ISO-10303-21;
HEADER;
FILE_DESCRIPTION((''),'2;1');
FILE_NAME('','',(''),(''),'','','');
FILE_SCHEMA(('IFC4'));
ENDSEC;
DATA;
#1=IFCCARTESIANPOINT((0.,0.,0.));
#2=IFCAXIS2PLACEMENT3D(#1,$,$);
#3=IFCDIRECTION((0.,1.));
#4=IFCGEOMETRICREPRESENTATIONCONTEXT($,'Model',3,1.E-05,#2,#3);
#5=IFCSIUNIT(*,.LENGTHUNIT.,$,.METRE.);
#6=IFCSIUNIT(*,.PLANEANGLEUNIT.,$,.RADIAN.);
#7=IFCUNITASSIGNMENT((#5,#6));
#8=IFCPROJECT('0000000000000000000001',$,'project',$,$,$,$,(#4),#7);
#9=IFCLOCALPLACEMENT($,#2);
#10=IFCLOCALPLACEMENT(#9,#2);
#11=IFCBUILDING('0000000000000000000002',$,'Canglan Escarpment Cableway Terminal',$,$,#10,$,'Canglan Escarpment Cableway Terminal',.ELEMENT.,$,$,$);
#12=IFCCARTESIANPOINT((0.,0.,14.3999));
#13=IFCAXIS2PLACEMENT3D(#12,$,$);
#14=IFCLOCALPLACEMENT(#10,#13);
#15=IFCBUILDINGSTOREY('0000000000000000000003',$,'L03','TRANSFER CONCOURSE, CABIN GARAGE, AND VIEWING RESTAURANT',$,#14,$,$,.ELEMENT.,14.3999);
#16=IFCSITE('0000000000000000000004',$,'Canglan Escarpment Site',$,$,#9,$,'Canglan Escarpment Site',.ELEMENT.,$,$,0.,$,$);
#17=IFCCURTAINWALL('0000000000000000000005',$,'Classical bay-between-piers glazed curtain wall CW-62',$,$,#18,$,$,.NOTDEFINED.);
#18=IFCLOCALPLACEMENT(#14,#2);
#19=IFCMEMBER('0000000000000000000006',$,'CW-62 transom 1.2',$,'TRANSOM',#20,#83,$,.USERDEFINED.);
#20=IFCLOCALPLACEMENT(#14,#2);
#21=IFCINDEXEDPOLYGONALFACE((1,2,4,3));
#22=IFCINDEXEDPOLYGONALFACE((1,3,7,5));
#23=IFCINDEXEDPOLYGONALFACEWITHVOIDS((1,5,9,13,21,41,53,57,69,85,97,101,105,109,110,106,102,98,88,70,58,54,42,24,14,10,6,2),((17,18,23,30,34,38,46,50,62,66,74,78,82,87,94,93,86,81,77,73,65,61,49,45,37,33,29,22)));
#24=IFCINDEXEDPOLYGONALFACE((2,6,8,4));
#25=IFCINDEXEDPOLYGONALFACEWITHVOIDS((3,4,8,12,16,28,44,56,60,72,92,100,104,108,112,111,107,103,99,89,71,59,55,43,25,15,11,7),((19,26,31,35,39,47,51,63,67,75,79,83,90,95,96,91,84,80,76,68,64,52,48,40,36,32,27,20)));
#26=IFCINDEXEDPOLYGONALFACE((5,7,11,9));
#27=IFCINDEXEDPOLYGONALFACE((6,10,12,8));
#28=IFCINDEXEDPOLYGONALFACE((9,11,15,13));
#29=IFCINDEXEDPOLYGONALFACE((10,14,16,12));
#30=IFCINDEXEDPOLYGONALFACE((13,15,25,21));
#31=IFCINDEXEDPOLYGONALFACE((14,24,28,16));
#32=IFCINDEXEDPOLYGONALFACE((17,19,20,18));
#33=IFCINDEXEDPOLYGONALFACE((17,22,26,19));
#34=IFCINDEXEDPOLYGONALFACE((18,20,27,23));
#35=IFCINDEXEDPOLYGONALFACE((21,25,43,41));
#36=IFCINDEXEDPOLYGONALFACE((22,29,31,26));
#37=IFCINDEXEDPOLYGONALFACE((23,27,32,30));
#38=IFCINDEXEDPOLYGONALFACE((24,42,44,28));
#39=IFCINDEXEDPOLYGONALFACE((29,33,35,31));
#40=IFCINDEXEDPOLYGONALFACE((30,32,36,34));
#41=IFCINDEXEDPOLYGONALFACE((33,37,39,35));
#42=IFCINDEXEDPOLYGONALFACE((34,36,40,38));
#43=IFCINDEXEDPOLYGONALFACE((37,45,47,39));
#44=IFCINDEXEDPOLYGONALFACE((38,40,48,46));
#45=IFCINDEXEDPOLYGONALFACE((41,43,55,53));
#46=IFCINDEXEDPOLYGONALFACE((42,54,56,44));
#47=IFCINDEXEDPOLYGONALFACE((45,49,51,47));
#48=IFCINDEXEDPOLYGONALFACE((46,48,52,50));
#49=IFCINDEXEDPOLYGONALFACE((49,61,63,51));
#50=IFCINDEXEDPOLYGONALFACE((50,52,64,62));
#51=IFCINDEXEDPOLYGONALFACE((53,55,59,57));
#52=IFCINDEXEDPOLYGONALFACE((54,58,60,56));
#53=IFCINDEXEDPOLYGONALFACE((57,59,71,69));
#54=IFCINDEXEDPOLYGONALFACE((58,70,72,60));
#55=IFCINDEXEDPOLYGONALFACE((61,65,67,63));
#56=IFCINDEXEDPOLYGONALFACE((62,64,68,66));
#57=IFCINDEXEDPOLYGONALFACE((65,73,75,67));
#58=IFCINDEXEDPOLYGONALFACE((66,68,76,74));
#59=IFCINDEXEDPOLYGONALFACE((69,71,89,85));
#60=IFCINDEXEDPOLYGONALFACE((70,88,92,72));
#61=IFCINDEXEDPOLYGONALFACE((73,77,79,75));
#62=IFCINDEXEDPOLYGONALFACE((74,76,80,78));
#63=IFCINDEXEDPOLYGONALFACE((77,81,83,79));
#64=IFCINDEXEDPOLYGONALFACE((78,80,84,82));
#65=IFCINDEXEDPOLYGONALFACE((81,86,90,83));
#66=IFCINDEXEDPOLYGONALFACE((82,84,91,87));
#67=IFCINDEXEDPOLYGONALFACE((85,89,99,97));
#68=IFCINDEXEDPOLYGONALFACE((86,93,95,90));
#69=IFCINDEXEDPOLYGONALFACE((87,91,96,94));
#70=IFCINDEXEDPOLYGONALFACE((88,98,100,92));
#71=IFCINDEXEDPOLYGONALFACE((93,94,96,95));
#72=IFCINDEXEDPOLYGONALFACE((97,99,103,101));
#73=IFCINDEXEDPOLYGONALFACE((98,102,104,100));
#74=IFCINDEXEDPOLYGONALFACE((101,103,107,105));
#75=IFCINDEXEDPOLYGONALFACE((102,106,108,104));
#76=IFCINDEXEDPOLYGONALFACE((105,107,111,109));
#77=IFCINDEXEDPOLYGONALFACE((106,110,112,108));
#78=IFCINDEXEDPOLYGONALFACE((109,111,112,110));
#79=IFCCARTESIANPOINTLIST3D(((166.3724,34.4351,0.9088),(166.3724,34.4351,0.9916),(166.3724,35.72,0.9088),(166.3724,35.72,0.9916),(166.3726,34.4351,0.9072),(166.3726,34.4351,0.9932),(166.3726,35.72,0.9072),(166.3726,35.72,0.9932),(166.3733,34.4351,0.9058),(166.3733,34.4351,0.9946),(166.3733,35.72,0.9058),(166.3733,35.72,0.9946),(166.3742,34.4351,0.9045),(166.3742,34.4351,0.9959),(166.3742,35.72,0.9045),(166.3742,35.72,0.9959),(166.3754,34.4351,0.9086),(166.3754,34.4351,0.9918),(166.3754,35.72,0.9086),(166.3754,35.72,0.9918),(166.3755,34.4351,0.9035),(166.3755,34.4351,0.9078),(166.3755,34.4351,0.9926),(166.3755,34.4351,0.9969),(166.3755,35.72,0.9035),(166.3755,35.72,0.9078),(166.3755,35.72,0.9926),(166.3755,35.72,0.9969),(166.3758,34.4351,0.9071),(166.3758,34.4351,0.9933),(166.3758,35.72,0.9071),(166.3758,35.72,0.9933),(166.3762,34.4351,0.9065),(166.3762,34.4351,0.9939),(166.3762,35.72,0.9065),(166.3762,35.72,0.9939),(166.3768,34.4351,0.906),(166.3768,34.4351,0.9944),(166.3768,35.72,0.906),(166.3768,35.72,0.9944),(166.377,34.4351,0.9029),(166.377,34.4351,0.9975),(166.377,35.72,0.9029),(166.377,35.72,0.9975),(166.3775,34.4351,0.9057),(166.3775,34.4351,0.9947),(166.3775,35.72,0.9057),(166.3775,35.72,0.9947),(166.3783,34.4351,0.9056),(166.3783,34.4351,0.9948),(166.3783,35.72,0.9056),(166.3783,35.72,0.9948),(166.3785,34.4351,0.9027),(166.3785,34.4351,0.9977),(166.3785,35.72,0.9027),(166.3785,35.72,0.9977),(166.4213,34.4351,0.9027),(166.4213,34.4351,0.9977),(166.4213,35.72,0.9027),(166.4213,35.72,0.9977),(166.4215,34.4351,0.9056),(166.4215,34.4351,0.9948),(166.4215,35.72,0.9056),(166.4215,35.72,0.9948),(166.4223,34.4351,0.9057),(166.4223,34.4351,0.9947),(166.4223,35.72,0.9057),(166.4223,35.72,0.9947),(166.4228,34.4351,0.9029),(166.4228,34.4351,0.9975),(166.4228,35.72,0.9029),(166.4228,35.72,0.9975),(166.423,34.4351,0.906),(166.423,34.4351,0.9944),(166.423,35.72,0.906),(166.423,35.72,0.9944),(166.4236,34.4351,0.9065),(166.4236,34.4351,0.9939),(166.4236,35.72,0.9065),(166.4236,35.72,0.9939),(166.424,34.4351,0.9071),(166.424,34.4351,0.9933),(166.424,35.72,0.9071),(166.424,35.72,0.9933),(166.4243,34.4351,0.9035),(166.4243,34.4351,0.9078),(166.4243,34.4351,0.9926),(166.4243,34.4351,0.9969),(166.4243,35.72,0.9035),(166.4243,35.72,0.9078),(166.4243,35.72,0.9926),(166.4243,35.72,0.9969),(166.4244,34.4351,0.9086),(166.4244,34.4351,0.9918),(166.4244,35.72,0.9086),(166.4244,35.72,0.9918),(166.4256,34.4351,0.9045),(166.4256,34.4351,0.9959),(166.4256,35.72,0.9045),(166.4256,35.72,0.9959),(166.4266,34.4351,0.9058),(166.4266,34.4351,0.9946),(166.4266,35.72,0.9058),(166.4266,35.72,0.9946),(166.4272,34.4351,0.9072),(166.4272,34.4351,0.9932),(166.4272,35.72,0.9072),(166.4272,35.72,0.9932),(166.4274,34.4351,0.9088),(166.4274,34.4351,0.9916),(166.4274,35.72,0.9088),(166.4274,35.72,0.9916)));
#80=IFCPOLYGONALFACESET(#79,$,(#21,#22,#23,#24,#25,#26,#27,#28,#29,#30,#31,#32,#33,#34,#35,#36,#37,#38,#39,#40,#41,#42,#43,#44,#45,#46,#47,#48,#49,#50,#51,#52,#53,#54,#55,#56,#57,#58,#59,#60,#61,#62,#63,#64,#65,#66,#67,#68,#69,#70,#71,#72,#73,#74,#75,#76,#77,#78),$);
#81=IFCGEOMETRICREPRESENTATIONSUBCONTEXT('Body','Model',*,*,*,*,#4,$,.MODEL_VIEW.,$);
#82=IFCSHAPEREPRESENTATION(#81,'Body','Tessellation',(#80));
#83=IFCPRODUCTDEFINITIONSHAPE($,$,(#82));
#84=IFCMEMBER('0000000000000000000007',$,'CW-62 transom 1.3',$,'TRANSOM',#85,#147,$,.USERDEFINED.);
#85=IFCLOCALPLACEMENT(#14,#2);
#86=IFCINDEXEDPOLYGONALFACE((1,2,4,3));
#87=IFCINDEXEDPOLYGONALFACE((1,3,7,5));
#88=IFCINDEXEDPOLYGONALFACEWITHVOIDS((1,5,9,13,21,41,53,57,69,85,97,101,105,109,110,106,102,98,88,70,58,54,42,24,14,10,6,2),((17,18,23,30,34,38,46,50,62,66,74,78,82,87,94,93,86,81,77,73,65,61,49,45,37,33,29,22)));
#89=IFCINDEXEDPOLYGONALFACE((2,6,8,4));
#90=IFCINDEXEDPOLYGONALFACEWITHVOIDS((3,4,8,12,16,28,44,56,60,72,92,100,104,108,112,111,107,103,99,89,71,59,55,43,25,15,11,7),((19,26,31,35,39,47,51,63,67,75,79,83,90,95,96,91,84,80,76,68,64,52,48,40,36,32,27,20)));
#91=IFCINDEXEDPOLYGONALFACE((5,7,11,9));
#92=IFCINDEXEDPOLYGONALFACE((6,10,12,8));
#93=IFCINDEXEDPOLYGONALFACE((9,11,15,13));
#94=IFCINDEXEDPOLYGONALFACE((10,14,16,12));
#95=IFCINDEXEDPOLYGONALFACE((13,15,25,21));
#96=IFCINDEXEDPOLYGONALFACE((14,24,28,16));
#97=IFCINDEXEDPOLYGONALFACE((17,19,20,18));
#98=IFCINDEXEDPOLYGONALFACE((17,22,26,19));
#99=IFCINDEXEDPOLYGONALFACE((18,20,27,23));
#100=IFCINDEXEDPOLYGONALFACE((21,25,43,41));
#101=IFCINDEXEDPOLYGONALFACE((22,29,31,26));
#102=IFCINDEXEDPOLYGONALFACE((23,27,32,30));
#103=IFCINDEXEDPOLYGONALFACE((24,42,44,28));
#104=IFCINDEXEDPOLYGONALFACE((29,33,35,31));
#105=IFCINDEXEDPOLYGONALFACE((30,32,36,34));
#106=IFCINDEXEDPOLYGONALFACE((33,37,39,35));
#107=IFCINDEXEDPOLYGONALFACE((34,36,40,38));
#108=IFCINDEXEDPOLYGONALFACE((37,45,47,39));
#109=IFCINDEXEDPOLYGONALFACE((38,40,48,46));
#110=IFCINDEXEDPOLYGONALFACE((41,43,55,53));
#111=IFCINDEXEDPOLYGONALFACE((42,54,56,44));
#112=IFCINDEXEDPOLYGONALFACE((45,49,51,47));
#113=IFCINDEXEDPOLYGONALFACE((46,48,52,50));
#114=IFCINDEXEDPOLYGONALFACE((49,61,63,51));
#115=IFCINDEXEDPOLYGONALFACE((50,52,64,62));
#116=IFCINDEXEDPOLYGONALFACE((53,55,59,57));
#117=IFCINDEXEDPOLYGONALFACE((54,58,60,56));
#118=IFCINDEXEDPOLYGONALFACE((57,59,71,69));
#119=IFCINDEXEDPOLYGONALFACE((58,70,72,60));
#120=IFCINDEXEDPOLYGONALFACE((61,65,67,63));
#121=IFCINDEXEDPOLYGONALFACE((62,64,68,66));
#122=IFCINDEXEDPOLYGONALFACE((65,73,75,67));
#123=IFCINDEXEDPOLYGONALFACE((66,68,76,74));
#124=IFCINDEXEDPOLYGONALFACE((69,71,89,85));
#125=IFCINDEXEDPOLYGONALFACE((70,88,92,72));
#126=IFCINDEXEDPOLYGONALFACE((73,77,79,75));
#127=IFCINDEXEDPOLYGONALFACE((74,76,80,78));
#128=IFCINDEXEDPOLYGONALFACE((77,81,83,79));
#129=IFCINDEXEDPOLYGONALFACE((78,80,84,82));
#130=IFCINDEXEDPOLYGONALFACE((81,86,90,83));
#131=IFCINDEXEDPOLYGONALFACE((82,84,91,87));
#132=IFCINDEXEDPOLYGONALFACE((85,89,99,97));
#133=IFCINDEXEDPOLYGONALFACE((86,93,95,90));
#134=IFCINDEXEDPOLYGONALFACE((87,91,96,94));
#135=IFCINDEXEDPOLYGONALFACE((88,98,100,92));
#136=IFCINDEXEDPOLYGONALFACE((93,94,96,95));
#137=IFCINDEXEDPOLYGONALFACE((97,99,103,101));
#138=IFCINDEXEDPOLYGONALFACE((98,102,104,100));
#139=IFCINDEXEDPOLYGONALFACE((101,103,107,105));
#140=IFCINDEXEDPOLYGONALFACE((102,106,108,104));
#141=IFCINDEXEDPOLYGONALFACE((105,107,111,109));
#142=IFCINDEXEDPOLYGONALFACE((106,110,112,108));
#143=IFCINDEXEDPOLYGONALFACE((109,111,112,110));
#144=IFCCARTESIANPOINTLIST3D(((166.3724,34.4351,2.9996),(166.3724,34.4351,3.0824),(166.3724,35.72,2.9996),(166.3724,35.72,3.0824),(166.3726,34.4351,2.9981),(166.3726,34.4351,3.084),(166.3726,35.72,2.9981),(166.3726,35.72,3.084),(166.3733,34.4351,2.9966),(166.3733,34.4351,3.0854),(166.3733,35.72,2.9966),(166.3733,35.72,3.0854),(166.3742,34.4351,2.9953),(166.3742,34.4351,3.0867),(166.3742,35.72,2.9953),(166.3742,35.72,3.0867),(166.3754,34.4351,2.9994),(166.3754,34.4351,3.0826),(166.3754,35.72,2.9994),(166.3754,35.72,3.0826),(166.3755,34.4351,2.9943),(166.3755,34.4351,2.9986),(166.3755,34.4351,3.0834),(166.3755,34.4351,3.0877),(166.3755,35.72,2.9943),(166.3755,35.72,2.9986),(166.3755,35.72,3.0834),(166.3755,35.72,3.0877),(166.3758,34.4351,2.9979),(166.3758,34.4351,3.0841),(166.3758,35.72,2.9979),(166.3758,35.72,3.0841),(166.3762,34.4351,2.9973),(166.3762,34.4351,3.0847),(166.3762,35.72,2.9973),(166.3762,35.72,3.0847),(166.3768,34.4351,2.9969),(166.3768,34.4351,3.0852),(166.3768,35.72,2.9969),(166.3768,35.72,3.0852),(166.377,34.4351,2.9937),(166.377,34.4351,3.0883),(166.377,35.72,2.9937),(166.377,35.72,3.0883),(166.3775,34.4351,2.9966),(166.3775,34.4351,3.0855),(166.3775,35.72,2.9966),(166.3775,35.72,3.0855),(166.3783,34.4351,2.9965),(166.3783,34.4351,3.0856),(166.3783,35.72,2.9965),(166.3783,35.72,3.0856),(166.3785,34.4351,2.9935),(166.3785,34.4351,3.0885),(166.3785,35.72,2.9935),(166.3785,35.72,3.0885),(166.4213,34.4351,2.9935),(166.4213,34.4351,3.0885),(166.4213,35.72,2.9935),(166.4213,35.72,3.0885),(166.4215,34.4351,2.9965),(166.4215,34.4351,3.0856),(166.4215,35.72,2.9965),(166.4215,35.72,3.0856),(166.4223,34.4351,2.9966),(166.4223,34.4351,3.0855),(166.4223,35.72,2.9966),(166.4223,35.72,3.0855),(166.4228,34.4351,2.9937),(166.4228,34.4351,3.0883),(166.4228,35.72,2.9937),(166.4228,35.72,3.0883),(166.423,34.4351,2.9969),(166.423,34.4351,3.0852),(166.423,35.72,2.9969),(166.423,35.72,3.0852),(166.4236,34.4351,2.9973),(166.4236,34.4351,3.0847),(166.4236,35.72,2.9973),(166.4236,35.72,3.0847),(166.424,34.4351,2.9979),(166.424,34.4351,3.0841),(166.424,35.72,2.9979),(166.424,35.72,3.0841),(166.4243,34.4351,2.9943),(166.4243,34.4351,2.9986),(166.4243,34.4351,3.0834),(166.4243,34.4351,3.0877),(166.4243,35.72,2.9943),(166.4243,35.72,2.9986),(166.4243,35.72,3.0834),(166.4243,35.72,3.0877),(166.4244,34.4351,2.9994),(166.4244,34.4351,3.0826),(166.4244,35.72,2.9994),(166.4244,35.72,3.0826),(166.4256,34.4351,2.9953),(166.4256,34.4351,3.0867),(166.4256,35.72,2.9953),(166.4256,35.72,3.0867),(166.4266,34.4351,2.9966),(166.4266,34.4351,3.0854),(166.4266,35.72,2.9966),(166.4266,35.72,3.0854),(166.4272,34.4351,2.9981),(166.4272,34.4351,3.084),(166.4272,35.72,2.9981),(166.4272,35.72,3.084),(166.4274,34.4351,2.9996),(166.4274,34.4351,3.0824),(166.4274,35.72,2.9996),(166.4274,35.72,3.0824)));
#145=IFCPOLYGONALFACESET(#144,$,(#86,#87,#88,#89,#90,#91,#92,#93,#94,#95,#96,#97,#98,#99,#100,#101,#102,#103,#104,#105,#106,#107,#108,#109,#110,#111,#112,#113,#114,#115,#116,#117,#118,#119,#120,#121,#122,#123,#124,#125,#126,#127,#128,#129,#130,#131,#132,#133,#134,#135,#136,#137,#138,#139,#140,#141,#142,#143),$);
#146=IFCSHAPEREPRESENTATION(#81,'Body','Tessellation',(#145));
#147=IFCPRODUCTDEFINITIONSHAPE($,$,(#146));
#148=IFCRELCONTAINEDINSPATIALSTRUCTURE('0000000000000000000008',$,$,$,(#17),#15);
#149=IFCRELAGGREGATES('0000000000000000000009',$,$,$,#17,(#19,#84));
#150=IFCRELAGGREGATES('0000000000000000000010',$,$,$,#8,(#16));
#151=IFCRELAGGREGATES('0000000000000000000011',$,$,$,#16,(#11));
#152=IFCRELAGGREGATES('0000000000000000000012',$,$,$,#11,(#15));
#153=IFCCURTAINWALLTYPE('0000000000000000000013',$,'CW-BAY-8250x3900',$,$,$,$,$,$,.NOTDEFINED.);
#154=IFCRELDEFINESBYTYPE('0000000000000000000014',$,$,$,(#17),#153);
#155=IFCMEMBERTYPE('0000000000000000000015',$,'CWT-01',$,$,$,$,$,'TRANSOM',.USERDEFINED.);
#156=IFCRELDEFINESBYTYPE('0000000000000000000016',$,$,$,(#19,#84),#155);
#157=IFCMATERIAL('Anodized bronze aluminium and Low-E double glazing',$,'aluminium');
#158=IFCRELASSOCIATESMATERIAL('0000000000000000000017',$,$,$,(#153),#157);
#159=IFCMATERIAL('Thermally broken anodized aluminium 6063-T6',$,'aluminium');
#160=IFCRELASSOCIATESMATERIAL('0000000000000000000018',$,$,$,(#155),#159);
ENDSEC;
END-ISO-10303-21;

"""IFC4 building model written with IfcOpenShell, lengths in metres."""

from ifc_helpers import new_model, si_unit, direction, frame, origin, origin_2d, place, context, subcontext, project, spatial, hollow_rectangle, extrude, material, material_profile, profile_set, type_object, element, aggregate, save


model = new_model("IFC4")

# Units and contexts
model_context = context("Model", 3, precision=1e-05, world=origin(), true_north=direction((0.0, 1.0)))
body_context = subcontext(model_context, "Body", "Model", "MODEL_VIEW")
ifc_project = project(units=[si_unit("LENGTHUNIT", "METRE"), si_unit("PLANEANGLEUNIT", "RADIAN")], contexts=[model_context])

# Site, building, storey
site_placement = place(None, origin())
site = spatial("IfcSite", under=ifc_project, at=site_placement, Name="Canglan Escarpment Site", LongName="Canglan Escarpment Site", CompositionType="ELEMENT", RefElevation=0.0)
building_placement = place(site_placement, origin())
building = spatial("IfcBuilding", under=site, at=building_placement, Name="Canglan Escarpment Cableway Terminal", LongName="Canglan Escarpment Cableway Terminal", CompositionType="ELEMENT")
storey_placement = place(building_placement, frame((0.0, 0.0, 14.3999)))
storey = spatial("IfcBuildingStorey", under=building, at=storey_placement, Name="L03", Description="TRANSFER CONCOURSE, CABIN GARAGE, AND VIEWING RESTAURANT", CompositionType="ELEMENT", Elevation=14.3999)

# Curtain wall
ifc_material_1 = material(Name="Anodized bronze aluminium and Low-E double glazing", Category="aluminium")
curtain_wall_type_1 = type_object("IfcCurtainWallType", Name="CW-BAY-8250x3900", PredefinedType="NOTDEFINED", material=ifc_material_1)
curtain_wall_1_placement = place(storey_placement, origin())
curtain_wall_1 = element("IfcCurtainWall", 1, at=curtain_wall_1_placement, inside=storey, type_object=curtain_wall_type_1, Name="Classical bay-between-piers glazed curtain wall CW-62", PredefinedType="NOTDEFINED")
ifc_material_2 = material(Name="Thermally broken anodized aluminium 6063-T6", Category="aluminium")

# Members
ifc_material_profile_1 = material_profile(ifc_material_2, hollow_rectangle(XDim=0.0549, YDim=0.095, WallThickness=0.0029, InnerFilletRadius=0.0029, OuterFilletRadius=0.0061, at=origin_2d()), Name="ALU-TRAN 55x95x3")
ifc_profile_set_1 = profile_set([ifc_material_profile_1], Name="Thermally broken anodized aluminium 6063-T6")
member_type_1 = type_object("IfcMemberType", Name="CWT-01", ElementType="TRANSOM", PredefinedType="USERDEFINED", material=ifc_profile_set_1)
member_1_placement = place(storey_placement, frame((166.3999, 34.4351, 0.9502), z_axis=(0.0, 1.0, 0.0), x_axis=(-1.0, 0.0, 0.0)))
member_1 = element("IfcMember", 2, at=member_1_placement, type_object=member_type_1, Name="CW-62 transom 1.2", ObjectType="TRANSOM", PredefinedType="USERDEFINED", context=body_context, shape_type="SweptSolid", body=[
    extrude(hollow_rectangle(XDim=0.0549, YDim=0.095, WallThickness=0.0029, InnerFilletRadius=0.0029, OuterFilletRadius=0.0061, at=origin_2d()), origin(), (0.0, 0.0, 1.0), 1.2849),
])
member_2_placement = place(storey_placement, frame((166.3999, 34.4351, 3.041), z_axis=(0.0, 1.0, 0.0), x_axis=(-1.0, 0.0, 0.0)))
member_2 = element("IfcMember", 3, at=member_2_placement, type_object=member_type_1, Name="CW-62 transom 1.3", ObjectType="TRANSOM", PredefinedType="USERDEFINED", context=body_context, shape_type="SweptSolid", body=[
    extrude(hollow_rectangle(XDim=0.0549, YDim=0.095, WallThickness=0.0029, InnerFilletRadius=0.0029, OuterFilletRadius=0.0061, at=origin_2d()), origin(), (0.0, 0.0, 1.0), 1.2849),
])

aggregate(curtain_wall_1, [member_1, member_2])

save(model, "model.ifc")
